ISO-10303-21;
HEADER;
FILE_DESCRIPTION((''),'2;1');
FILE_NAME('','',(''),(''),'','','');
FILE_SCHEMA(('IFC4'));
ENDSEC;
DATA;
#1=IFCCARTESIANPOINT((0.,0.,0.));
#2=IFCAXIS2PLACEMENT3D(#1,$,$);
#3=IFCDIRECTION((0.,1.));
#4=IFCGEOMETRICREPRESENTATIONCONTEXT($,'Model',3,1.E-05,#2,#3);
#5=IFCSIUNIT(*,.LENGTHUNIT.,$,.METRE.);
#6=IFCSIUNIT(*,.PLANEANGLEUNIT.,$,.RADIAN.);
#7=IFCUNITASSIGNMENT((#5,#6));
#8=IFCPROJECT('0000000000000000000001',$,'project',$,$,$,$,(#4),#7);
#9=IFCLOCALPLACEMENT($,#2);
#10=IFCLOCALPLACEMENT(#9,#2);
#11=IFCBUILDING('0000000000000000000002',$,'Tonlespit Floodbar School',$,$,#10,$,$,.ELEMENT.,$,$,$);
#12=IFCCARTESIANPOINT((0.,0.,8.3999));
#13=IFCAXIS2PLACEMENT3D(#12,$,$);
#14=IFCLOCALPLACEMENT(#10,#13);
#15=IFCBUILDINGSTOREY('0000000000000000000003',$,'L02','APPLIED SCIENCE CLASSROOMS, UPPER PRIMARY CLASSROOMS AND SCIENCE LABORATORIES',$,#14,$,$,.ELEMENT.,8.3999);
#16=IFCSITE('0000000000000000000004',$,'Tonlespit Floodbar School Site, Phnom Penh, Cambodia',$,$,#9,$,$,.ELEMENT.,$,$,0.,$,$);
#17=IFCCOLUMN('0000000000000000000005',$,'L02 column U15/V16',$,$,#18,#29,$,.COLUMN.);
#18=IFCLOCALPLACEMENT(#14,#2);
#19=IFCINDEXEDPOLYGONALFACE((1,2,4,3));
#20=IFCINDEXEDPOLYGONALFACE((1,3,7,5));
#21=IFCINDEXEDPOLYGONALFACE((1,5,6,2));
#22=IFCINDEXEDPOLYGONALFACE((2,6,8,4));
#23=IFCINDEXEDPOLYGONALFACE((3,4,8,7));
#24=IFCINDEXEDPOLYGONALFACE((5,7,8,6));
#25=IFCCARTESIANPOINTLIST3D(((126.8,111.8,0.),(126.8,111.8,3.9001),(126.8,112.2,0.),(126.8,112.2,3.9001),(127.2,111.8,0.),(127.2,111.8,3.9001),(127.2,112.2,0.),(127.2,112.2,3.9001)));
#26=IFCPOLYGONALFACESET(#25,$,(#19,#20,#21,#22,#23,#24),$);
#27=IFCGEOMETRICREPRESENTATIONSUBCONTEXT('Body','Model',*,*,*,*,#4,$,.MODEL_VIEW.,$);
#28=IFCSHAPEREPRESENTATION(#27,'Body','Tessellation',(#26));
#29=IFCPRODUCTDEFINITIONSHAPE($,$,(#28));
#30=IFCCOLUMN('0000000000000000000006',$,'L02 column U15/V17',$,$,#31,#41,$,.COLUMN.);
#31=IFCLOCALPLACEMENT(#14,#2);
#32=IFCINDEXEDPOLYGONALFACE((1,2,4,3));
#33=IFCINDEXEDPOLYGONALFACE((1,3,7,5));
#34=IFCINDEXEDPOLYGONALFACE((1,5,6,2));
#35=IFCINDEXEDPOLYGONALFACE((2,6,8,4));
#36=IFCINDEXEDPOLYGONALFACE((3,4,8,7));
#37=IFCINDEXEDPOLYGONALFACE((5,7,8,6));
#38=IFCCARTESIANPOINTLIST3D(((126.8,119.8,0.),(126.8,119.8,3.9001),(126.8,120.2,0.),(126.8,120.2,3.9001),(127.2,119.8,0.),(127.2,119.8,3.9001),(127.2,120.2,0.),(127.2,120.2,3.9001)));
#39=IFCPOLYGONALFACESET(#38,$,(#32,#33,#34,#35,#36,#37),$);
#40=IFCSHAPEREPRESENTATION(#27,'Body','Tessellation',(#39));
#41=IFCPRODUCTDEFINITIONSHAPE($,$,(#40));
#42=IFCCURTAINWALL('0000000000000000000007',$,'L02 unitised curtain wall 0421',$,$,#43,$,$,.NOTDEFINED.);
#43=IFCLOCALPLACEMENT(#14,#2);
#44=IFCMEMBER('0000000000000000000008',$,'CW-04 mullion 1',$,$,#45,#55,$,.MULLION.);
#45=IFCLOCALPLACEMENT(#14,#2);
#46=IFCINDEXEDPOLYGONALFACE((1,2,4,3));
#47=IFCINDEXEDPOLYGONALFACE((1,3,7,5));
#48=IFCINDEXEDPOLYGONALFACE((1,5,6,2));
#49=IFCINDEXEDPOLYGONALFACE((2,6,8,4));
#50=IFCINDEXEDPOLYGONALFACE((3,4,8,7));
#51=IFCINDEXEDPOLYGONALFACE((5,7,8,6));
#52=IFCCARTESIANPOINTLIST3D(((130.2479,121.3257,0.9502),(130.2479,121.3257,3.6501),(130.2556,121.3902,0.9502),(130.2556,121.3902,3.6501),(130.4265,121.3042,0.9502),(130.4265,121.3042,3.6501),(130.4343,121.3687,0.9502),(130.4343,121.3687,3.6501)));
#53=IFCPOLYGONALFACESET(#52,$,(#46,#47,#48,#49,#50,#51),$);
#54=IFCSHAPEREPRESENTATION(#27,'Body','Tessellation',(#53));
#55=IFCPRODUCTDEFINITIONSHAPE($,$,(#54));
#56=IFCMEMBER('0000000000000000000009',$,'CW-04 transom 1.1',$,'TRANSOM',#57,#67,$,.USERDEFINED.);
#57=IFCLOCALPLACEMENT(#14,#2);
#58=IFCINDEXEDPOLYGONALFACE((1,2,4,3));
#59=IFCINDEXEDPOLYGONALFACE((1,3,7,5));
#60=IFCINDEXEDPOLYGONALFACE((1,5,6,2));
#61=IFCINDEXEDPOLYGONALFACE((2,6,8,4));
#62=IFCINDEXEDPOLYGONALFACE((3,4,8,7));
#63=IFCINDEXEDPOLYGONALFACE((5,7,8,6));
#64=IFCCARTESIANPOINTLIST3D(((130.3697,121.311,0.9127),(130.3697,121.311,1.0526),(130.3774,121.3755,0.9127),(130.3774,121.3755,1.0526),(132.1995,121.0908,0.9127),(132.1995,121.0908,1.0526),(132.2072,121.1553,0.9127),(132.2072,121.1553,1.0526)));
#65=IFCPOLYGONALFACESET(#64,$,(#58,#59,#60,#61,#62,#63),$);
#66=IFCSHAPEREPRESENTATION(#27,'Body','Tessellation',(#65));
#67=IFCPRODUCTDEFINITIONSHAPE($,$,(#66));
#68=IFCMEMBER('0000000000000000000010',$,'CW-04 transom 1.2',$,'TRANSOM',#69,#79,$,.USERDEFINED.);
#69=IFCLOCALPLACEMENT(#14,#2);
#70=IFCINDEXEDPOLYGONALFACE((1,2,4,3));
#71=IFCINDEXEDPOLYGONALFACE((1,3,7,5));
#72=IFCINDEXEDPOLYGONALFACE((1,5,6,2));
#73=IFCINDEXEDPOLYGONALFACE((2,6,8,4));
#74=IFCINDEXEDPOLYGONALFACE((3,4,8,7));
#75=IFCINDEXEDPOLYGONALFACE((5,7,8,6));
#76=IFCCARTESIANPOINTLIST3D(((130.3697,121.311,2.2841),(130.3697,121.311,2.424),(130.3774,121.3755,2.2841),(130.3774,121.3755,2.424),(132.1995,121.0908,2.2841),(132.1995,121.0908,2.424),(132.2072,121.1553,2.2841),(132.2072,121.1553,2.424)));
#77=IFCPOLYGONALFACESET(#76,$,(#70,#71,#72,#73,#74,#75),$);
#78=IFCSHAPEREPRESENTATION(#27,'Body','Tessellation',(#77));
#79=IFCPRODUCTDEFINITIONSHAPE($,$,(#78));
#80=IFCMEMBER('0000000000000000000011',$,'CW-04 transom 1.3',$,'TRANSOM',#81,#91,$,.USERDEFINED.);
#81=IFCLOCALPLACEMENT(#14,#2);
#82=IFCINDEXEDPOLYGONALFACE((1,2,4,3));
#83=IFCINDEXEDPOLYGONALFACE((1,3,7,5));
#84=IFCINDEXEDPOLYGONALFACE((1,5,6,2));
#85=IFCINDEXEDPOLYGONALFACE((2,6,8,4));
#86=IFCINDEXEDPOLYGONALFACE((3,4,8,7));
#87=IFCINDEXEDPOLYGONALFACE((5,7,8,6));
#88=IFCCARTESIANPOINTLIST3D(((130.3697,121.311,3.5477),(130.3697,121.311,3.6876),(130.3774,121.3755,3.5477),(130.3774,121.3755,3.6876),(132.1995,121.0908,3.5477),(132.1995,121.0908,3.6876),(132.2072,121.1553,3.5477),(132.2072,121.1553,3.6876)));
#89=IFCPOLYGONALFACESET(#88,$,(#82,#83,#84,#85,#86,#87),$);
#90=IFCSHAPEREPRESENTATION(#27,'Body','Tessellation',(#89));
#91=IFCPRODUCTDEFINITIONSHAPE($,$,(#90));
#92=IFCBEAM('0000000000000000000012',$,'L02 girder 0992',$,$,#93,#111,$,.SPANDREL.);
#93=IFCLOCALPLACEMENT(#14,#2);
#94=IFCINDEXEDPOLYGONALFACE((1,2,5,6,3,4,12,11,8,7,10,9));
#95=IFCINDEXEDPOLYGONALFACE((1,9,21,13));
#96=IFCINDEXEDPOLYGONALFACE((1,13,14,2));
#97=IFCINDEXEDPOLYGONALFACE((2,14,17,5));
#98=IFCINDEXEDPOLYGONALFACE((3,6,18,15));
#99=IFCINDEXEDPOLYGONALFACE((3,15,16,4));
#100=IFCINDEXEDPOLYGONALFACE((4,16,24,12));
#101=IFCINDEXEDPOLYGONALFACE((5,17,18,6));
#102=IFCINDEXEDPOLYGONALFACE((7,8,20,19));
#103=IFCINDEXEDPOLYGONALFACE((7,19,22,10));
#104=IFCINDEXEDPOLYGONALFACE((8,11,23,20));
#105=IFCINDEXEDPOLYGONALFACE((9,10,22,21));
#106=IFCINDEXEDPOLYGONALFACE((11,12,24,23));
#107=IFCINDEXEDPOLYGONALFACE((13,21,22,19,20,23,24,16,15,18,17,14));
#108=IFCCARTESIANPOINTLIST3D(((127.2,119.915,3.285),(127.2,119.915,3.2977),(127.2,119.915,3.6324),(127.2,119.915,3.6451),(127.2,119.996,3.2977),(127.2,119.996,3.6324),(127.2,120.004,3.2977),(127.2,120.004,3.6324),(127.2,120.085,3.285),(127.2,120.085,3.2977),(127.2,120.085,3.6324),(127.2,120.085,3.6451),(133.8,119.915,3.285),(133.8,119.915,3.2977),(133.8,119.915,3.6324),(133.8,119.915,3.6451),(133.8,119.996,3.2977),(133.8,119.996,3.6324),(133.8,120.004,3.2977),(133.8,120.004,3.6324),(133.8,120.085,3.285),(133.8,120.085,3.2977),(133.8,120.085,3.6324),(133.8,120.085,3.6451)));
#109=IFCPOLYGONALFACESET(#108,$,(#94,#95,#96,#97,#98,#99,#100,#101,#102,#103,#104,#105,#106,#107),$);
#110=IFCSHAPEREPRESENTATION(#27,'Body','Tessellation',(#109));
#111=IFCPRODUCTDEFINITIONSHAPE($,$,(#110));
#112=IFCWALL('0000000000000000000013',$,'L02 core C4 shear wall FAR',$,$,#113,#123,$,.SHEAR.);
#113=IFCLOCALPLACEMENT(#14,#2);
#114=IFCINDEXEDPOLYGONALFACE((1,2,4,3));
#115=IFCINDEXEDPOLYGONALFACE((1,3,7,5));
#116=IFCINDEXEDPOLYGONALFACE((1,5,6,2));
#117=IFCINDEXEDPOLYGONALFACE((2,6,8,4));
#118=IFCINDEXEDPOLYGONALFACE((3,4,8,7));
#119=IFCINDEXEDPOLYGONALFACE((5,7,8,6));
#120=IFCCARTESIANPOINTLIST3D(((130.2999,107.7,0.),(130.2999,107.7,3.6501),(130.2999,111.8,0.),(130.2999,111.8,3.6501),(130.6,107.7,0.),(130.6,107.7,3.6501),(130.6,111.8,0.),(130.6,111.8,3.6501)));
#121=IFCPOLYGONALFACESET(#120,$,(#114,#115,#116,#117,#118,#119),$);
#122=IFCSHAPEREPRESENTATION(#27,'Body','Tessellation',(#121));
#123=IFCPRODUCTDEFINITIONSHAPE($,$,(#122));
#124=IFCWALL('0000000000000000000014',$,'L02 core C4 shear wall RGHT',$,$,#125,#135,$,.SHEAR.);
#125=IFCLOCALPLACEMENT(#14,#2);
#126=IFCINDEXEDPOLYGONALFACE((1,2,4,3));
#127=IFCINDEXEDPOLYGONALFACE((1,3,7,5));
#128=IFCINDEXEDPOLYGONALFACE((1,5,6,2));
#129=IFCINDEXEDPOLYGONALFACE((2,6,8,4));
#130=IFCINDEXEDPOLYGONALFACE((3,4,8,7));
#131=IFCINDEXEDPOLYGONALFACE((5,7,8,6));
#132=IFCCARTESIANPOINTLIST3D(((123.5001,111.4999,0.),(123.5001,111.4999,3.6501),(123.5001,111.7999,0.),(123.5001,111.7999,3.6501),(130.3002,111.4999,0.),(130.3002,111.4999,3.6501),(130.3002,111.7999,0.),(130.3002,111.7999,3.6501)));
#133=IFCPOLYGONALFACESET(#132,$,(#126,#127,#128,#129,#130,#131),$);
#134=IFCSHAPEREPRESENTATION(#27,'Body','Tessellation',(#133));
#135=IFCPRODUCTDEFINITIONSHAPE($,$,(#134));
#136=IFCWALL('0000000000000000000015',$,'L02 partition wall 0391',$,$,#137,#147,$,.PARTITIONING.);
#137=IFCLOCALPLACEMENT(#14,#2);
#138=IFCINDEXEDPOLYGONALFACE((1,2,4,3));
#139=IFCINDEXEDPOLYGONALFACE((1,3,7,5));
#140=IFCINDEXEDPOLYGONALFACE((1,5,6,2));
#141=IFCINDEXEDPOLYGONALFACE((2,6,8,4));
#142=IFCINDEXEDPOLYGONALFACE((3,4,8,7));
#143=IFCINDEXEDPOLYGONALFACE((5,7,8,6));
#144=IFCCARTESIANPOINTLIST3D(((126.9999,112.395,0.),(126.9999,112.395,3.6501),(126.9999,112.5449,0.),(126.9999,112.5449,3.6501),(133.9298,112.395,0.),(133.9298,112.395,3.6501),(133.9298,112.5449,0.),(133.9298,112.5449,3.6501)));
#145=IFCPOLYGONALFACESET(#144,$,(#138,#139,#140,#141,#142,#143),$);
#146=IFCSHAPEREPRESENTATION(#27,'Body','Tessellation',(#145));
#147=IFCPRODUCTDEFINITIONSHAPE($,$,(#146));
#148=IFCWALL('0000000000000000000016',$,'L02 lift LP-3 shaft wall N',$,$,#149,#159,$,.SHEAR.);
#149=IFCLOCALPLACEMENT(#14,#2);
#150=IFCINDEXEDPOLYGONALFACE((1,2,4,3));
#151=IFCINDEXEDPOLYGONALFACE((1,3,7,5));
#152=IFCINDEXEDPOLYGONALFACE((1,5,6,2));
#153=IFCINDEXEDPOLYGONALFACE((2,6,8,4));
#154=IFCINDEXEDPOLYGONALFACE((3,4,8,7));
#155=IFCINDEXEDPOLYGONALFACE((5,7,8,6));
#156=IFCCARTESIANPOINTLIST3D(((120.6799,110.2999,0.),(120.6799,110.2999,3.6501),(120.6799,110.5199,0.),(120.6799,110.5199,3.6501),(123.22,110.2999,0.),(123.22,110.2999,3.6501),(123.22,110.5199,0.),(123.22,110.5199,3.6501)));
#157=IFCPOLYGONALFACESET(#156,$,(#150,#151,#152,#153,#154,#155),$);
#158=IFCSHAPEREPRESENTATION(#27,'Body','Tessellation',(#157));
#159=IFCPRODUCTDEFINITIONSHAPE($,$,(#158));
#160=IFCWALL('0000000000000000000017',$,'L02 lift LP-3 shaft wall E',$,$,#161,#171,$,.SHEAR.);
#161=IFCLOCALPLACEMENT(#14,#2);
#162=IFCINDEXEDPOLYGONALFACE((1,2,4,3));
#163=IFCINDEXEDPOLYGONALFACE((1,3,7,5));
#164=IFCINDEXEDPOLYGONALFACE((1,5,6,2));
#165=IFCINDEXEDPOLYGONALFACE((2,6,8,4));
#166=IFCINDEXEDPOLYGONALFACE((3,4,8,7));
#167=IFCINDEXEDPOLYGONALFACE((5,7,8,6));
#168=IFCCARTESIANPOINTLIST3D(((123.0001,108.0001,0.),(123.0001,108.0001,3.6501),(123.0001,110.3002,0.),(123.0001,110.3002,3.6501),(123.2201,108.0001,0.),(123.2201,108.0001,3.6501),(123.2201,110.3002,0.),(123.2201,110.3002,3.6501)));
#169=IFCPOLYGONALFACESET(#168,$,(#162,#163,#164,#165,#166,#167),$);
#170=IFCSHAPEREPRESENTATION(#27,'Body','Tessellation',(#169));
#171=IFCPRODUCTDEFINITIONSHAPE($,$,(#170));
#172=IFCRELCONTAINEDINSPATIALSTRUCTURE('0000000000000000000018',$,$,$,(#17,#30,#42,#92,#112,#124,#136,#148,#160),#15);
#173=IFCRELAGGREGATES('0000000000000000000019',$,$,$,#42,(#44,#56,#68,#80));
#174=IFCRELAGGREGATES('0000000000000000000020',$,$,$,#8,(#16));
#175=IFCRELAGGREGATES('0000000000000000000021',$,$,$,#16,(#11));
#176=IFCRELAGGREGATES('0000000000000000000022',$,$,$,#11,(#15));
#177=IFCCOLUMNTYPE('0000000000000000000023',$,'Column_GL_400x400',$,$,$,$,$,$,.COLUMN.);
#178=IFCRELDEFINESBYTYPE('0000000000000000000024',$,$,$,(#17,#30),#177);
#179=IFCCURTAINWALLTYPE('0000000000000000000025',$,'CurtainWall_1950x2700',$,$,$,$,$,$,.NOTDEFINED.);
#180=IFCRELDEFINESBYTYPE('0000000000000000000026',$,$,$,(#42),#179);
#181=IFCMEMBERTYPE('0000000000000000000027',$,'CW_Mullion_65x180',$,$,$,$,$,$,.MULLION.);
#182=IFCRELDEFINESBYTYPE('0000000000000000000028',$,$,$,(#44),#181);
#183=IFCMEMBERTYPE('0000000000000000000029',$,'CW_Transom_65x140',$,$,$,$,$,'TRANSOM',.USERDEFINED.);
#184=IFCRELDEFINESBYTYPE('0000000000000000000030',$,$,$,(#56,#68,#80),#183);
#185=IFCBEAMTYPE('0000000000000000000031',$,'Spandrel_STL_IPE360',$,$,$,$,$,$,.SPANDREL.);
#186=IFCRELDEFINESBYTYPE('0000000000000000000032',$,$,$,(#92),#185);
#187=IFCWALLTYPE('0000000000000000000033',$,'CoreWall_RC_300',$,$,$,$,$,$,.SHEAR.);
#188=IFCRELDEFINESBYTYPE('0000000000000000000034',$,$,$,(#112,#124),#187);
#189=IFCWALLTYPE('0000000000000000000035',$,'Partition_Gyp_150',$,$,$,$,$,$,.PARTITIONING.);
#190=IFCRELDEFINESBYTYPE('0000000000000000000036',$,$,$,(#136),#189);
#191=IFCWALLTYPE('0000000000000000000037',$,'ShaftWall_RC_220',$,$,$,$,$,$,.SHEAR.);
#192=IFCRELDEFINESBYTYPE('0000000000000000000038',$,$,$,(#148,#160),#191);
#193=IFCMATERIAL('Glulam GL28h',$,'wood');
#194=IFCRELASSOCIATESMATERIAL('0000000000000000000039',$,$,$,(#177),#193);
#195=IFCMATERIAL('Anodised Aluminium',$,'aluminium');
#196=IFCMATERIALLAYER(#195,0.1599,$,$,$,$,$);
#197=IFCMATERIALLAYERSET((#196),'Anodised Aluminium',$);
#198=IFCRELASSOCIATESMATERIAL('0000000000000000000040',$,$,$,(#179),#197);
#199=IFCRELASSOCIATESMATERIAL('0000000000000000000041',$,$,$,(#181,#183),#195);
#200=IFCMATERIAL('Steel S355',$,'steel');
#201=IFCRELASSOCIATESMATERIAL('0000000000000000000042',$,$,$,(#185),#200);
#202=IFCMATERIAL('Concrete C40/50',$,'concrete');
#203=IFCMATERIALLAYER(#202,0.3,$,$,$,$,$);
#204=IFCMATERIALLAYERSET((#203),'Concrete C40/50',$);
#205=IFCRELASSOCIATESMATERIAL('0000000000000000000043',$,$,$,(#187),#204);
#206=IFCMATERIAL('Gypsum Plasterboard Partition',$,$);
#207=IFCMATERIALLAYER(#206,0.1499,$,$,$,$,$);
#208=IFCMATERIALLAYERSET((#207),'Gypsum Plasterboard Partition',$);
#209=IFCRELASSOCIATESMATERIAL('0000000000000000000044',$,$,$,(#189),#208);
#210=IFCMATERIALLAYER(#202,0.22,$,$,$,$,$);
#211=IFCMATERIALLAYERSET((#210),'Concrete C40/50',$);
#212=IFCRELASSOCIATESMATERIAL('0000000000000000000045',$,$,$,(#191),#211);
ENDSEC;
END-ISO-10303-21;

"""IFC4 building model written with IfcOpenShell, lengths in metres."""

from ifc_helpers import new_model, si_unit, direction, frame, frame_2d, origin, origin_2d, place, context, subcontext, project, spatial, rectangle, i_section, extrude, material, layer, layer_set, material_profile, profile_set, type_object, element, aggregate, save


model = new_model("IFC4")

# Units and contexts
model_context = context("Model", 3, precision=1e-05, world=origin(), true_north=direction((0.0, 1.0)))
body_context = subcontext(model_context, "Body", "Model", "MODEL_VIEW")
ifc_project = project(units=[si_unit("LENGTHUNIT", "METRE"), si_unit("PLANEANGLEUNIT", "RADIAN")], contexts=[model_context])

# Site, building, storey
site_placement = place(None, origin())
site = spatial("IfcSite", under=ifc_project, at=site_placement, Name="Tonlespit Floodbar School Site, Phnom Penh, Cambodia", CompositionType="ELEMENT", RefElevation=0.0)
building_placement = place(site_placement, origin())
building = spatial("IfcBuilding", under=site, at=building_placement, Name="Tonlespit Floodbar School", CompositionType="ELEMENT")
storey_placement = place(building_placement, frame((0.0, 0.0, 8.3999)))
storey = spatial("IfcBuildingStorey", under=building, at=storey_placement, Name="L02", Description="APPLIED SCIENCE CLASSROOMS, UPPER PRIMARY CLASSROOMS AND SCIENCE LABORATORIES", CompositionType="ELEMENT", Elevation=8.3999)

# Columns
ifc_material_1 = material(Name="Glulam GL28h", Category="wood")
ifc_material_profile_1 = material_profile(ifc_material_1, rectangle(XDim=0.3999, YDim=0.3999, at=origin_2d()), Name="GL 400x400")
ifc_profile_set_1 = profile_set([ifc_material_profile_1], Name="Glulam GL28h")
column_type = type_object("IfcColumnType", Name="Column_GL_400x400", PredefinedType="COLUMN", material=ifc_profile_set_1)
for number, where, z_axis, x_axis, name in (
    (1, (127.0, 112.0, 0.0), (0.0, 0.0, 1.0), (1.0, 0.0, 0.0), "L02 column U15/V16"),
    (2, (127.0, 120.0, 0.0), (0.0, 0.0, 1.0), (1.0, 0.0, 0.0), "L02 column U15/V17"),
):
    element("IfcColumn", number, at=place(storey_placement, frame(where, z_axis=z_axis, x_axis=x_axis)), inside=storey, type_object=column_type, Name=name, PredefinedType="COLUMN", context=body_context, shape_type="SweptSolid", body=[
        extrude(rectangle(XDim=0.3999, YDim=0.3999, at=origin_2d()), origin(), (0.0, 0.0, 1.0), 3.9001),
    ])

# Curtain wall, members
ifc_material_2 = material(Name="Anodised Aluminium", Category="aluminium")
ifc_layer_1 = layer(ifc_material_2, 0.1599)
ifc_layer_set_1 = layer_set([ifc_layer_1], Name="Anodised Aluminium")
curtain_wall_type = type_object("IfcCurtainWallType", Name="CurtainWall_1950x2700", PredefinedType="NOTDEFINED", material=ifc_layer_set_1)
curtain_wall_placement = place(storey_placement, origin())
curtain_wall = element("IfcCurtainWall", 3, at=curtain_wall_placement, inside=storey, type_object=curtain_wall_type, Name="L02 unitised curtain wall 0421", PredefinedType="NOTDEFINED")
ifc_material_profile_2 = material_profile(ifc_material_2, rectangle(XDim=0.0649, YDim=0.1799, at=origin_2d()), Name="ALU M65x180")
ifc_profile_set_2 = profile_set([ifc_material_profile_2], Name="Anodised Aluminium")
member_type_1 = type_object("IfcMemberType", Name="CW_Mullion_65x180", PredefinedType="MULLION", material=ifc_profile_set_2)
member_1_placement = place(storey_placement, frame((130.3411, 121.3472, 0.9502), z_axis=(0.0, 0.0, 1.0), x_axis=(0.119449, 0.99284, 0.0)))
member_1 = element("IfcMember", 4, at=member_1_placement, type_object=member_type_1, Name="CW-04 mullion 1", PredefinedType="MULLION", context=body_context, shape_type="SweptSolid", body=[
    extrude(rectangle(XDim=0.0649, YDim=0.1799, at=origin_2d()), origin(), (0.0, 0.0, 1.0), 2.7),
])
ifc_material_profile_3 = material_profile(ifc_material_2, rectangle(XDim=0.0649, YDim=0.1399, at=origin_2d()), Name="ALU T65x140")
ifc_profile_set_3 = profile_set([ifc_material_profile_3], Name="Anodised Aluminium")
member_type_2 = type_object("IfcMemberType", Name="CW_Transom_65x140", ElementType="TRANSOM", PredefinedType="USERDEFINED", material=ifc_profile_set_3)
member_2_placement = place(storey_placement, frame((130.3735, 121.3433, 0.9827), z_axis=(0.992836, -0.119485, 0.0), x_axis=(0.119485, 0.992836, 0.0)))
member_2 = element("IfcMember", 5, at=member_2_placement, type_object=member_type_2, Name="CW-04 transom 1.1", ObjectType="TRANSOM", PredefinedType="USERDEFINED", context=body_context, shape_type="SweptSolid", body=[
    extrude(rectangle(XDim=0.0649, YDim=0.1399, at=origin_2d()), origin(), (0.0, 0.0, 1.0), 1.843),
])
member_3_placement = place(storey_placement, frame((130.3735, 121.3433, 2.354), z_axis=(0.992836, -0.119485, 0.0), x_axis=(0.119485, 0.992836, 0.0)))
member_3 = element("IfcMember", 6, at=member_3_placement, type_object=member_type_2, Name="CW-04 transom 1.2", ObjectType="TRANSOM", PredefinedType="USERDEFINED", context=body_context, shape_type="SweptSolid", body=[
    extrude(rectangle(XDim=0.0649, YDim=0.1399, at=origin_2d()), origin(), (0.0, 0.0, 1.0), 1.843),
])
member_4_placement = place(storey_placement, frame((130.3735, 121.3433, 3.6177), z_axis=(0.992836, -0.119485, 0.0), x_axis=(0.119485, 0.992836, 0.0)))
member_4 = element("IfcMember", 7, at=member_4_placement, type_object=member_type_2, Name="CW-04 transom 1.3", ObjectType="TRANSOM", PredefinedType="USERDEFINED", context=body_context, shape_type="SweptSolid", body=[
    extrude(rectangle(XDim=0.0649, YDim=0.1399, at=origin_2d()), origin(), (0.0, 0.0, 1.0), 1.843),
])
aggregate(curtain_wall, [member_1, member_2, member_3, member_4])

# Beam
ifc_material_3 = material(Name="Steel S355", Category="steel")
ifc_material_profile_4 = material_profile(ifc_material_3, i_section(OverallWidth=0.1699, OverallDepth=0.3601, WebThickness=0.0081, FlangeThickness=0.0127, at=origin_2d()), Name="IPE 360")
ifc_profile_set_4 = profile_set([ifc_material_profile_4], Name="Steel S355")
beam_type = type_object("IfcBeamType", Name="Spandrel_STL_IPE360", PredefinedType="SPANDREL", material=ifc_profile_set_4)
beam_placement = place(storey_placement, frame((127.2, 120.0, 3.4651), z_axis=(1.0, 0.0, 0.0), x_axis=(0.0, 1.0, 0.0)))
element("IfcBeam", 8, at=beam_placement, inside=storey, type_object=beam_type, Name="L02 girder 0992", PredefinedType="SPANDREL", context=body_context, shape_type="SweptSolid", body=[
    extrude(i_section(OverallWidth=0.1699, OverallDepth=0.3601, WebThickness=0.0081, FlangeThickness=0.0127, at=origin_2d()), origin(), (0.0, 0.0, 1.0), 6.6001),
])

# Walls
ifc_material_4 = material(Name="Concrete C40/50", Category="concrete")
ifc_layer_2 = layer(ifc_material_4, 0.3)
ifc_layer_set_2 = layer_set([ifc_layer_2], Name="Concrete C40/50")
wall_type_1 = type_object("IfcWallType", Name="CoreWall_RC_300", PredefinedType="SHEAR", material=ifc_layer_set_2)
wall_1_placement = place(storey_placement, frame((130.45, 111.8, 0.0), z_axis=(0.0, 0.0, 1.0), x_axis=(0.0, -1.0, 0.0)))
element("IfcWall", 9, at=wall_1_placement, inside=storey, type_object=wall_type_1, Name="L02 core C4 shear wall FAR", PredefinedType="SHEAR", context=body_context, shape_type="SweptSolid", body=[
    extrude(rectangle(XDim=4.1001, YDim=0.3, at=frame_2d((2.05, 0.0))), origin(), (0.0, 0.0, 1.0), 3.6501),
])
wall_2_placement = place(storey_placement, frame((130.3, 111.6499, 0.0), z_axis=(0.0, 0.0, 1.0), x_axis=(-1.0, 0.0, 0.0)))
element("IfcWall", 10, at=wall_2_placement, inside=storey, type_object=wall_type_1, Name="L02 core C4 shear wall RGHT", PredefinedType="SHEAR", context=body_context, shape_type="SweptSolid", body=[
    extrude(rectangle(XDim=6.8, YDim=0.3, at=frame_2d((3.3999, 0.0))), origin(), (0.0, 0.0, 1.0), 3.6501),
])
ifc_material_5 = material(Name="Gypsum Plasterboard Partition")
ifc_layer_3 = layer(ifc_material_5, 0.1499)
ifc_layer_set_3 = layer_set([ifc_layer_3], Name="Gypsum Plasterboard Partition")
wall_type_2 = type_object("IfcWallType", Name="Partition_Gyp_150", PredefinedType="PARTITIONING", material=ifc_layer_set_3)
wall_3_placement = place(storey_placement, frame((127.0, 112.47, 0.0), z_axis=(0.0, 0.0, 1.0), x_axis=(1.0, 0.0, 0.0)))
element("IfcWall", 11, at=wall_3_placement, inside=storey, type_object=wall_type_2, Name="L02 partition wall 0391", PredefinedType="PARTITIONING", context=body_context, shape_type="SweptSolid", body=[
    extrude(rectangle(XDim=6.9299, YDim=0.1499, at=frame_2d((3.4648, 0.0))), origin(), (0.0, 0.0, 1.0), 3.6501),
])
ifc_layer_4 = layer(ifc_material_4, 0.22)
ifc_layer_set_4 = layer_set([ifc_layer_4], Name="Concrete C40/50")
wall_type_3 = type_object("IfcWallType", Name="ShaftWall_RC_220", PredefinedType="SHEAR", material=ifc_layer_set_4)
wall_4_placement = place(storey_placement, frame((120.6799, 110.4099, 0.0), z_axis=(0.0, 0.0, 1.0), x_axis=(1.0, 0.0, 0.0)))
element("IfcWall", 12, at=wall_4_placement, inside=storey, type_object=wall_type_3, Name="L02 lift LP-3 shaft wall N", PredefinedType="SHEAR", context=body_context, shape_type="SweptSolid", body=[
    extrude(rectangle(XDim=2.54, YDim=0.22, at=frame_2d((1.27, 0.0))), origin(), (0.0, 0.0, 1.0), 3.6501),
])
wall_5_placement = place(storey_placement, frame((123.1101, 110.3, 0.0), z_axis=(0.0, 0.0, 1.0), x_axis=(0.0, -1.0, 0.0)))
element("IfcWall", 13, at=wall_5_placement, inside=storey, type_object=wall_type_3, Name="L02 lift LP-3 shaft wall E", PredefinedType="SHEAR", context=body_context, shape_type="SweptSolid", body=[
    extrude(rectangle(XDim=2.3, YDim=0.22, at=frame_2d((1.1499, 0.0))), origin(), (0.0, 0.0, 1.0), 3.6501),
])

save(model, "model.ifc")
